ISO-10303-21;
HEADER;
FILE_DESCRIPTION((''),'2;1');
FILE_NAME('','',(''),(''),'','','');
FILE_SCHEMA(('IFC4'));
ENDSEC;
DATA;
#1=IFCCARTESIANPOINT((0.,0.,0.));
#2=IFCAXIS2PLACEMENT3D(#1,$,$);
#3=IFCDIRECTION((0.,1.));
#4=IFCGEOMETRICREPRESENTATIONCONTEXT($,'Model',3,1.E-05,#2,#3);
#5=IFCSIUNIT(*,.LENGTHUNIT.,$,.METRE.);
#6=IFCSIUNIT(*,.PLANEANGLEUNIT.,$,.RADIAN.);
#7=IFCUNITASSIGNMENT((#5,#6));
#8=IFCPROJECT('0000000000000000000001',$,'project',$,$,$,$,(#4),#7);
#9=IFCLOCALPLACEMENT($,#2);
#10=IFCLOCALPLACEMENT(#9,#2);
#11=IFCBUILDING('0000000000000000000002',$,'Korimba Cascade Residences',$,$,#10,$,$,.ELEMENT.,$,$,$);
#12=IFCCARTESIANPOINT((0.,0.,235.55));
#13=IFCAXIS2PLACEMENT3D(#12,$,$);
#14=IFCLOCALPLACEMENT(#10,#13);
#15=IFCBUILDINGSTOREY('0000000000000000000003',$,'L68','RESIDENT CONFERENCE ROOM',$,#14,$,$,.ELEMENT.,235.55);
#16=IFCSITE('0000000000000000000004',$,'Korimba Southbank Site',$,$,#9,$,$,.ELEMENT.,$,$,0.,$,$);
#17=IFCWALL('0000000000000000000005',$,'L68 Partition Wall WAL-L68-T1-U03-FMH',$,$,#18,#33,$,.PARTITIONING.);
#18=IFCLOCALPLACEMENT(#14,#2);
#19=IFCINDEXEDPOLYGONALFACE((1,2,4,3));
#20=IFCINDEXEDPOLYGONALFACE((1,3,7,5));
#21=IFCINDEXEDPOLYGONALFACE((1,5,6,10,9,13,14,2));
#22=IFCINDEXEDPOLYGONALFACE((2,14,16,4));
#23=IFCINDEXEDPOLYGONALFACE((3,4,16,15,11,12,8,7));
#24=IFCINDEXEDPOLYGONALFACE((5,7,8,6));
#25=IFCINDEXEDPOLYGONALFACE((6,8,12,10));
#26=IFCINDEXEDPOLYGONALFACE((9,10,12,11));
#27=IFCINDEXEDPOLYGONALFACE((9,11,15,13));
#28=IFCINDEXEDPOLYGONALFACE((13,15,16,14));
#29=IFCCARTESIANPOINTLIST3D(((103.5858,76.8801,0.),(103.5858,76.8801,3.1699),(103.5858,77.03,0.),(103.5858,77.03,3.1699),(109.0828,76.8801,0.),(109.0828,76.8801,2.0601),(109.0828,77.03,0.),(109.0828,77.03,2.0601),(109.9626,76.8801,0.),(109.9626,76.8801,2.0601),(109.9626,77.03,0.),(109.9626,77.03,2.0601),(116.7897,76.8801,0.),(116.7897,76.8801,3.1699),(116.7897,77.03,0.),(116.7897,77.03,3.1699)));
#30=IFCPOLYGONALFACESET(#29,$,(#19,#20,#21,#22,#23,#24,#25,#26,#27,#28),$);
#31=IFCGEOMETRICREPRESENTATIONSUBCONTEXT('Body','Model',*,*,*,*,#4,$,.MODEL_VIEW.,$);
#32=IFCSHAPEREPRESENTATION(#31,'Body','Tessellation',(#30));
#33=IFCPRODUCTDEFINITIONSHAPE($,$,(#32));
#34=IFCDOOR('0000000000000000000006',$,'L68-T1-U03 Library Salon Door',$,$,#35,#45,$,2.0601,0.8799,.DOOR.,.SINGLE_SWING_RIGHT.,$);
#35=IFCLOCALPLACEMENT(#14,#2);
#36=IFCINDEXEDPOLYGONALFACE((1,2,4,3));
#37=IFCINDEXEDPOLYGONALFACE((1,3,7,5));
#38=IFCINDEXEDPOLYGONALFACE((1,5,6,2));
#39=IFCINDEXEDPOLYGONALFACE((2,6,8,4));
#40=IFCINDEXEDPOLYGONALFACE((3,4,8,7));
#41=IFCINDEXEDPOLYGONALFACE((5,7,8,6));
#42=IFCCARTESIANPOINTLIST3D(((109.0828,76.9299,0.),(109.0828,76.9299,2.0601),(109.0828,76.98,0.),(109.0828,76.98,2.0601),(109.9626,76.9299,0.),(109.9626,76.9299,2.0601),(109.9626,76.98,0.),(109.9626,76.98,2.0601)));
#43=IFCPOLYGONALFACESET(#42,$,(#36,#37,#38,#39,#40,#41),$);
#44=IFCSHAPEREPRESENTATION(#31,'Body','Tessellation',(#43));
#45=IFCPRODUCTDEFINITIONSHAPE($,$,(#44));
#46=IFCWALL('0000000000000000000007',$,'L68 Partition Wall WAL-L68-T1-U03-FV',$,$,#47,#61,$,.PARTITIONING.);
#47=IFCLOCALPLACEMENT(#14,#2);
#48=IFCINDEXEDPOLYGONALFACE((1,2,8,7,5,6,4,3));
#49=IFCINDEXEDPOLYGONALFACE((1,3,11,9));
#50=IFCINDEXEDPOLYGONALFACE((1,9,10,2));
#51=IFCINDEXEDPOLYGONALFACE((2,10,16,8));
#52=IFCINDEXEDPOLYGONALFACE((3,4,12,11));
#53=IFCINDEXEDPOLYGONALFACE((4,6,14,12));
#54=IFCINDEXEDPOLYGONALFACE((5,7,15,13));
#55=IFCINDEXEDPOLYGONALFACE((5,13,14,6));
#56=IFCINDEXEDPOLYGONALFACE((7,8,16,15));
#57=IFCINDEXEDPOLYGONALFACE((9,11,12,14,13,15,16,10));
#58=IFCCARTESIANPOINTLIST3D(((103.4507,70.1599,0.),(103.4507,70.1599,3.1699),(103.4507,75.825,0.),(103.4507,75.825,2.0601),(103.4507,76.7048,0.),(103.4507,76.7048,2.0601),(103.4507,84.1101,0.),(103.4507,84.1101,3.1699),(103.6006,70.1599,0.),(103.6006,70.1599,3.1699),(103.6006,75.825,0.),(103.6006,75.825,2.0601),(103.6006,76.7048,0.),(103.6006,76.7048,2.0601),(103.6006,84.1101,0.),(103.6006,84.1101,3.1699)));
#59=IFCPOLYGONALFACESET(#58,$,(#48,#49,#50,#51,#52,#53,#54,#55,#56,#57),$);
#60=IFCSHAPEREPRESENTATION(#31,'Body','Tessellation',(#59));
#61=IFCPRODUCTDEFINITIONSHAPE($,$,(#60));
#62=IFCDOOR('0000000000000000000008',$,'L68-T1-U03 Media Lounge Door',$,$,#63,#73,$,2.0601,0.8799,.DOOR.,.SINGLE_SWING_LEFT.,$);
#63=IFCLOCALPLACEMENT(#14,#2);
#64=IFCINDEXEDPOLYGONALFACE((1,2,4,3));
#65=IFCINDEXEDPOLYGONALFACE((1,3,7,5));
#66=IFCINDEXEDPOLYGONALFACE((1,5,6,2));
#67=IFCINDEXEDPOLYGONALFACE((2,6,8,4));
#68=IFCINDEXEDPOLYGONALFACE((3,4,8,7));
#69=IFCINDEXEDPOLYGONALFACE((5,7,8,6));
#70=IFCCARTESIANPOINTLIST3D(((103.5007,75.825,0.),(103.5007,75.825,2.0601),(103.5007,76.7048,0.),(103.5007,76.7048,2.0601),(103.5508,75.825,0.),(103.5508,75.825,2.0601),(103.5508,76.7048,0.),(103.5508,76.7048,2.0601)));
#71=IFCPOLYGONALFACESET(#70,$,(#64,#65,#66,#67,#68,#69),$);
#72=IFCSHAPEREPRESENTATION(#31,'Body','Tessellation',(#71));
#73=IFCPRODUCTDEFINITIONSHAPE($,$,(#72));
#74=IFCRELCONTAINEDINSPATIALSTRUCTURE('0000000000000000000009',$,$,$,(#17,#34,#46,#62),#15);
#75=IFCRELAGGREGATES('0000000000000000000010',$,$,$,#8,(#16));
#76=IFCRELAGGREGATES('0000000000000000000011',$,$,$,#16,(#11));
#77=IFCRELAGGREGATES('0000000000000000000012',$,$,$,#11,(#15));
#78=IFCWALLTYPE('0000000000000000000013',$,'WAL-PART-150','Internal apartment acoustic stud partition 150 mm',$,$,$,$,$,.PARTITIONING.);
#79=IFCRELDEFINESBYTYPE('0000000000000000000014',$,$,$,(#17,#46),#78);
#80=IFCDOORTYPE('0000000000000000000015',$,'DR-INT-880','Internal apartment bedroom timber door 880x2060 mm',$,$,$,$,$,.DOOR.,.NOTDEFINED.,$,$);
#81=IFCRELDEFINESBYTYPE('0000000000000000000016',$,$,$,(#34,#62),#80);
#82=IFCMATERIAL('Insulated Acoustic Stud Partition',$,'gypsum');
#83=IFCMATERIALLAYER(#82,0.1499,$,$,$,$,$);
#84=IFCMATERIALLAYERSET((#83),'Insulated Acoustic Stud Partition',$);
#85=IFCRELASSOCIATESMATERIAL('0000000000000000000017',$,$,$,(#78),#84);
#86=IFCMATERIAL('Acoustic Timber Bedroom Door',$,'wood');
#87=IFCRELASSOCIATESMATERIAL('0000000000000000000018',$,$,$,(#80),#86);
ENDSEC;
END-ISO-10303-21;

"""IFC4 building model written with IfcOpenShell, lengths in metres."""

from ifc_helpers import new_model, si_unit, direction, frame, frame_2d, origin, place, context, subcontext, project, spatial, rectangle, extrude, material, layer, layer_set, type_object, element, fill, save


model = new_model("IFC4")

# Units and contexts
model_context = context("Model", 3, precision=1e-05, world=origin(), true_north=direction((0.0, 1.0)))
body_context = subcontext(model_context, "Body", "Model", "MODEL_VIEW")
ifc_project = project(units=[si_unit("LENGTHUNIT", "METRE"), si_unit("PLANEANGLEUNIT", "RADIAN")], contexts=[model_context])

# Site, building, storey
site_placement = place(None, origin())
site = spatial("IfcSite", under=ifc_project, at=site_placement, Name="Korimba Southbank Site", CompositionType="ELEMENT", RefElevation=0.0)
building_placement = place(site_placement, origin())
building = spatial("IfcBuilding", under=site, at=building_placement, Name="Korimba Cascade Residences", CompositionType="ELEMENT")
storey_placement = place(building_placement, frame((0.0, 0.0, 235.55)))
storey = spatial("IfcBuildingStorey", under=building, at=storey_placement, Name="L68", Description="RESIDENT CONFERENCE ROOM", CompositionType="ELEMENT", Elevation=235.55)

# Shared definitions
ifc_material_1 = material(Name="Insulated Acoustic Stud Partition", Category="gypsum")
ifc_layer_1 = layer(ifc_material_1, 0.1499)
ifc_layer_set_1 = layer_set([ifc_layer_1], Name="Insulated Acoustic Stud Partition")
wall_type_1 = type_object("IfcWallType", Name="WAL-PART-150", Description="Internal apartment acoustic stud partition 150 mm", PredefinedType="PARTITIONING", material=ifc_layer_set_1)

# Shared definitions
ifc_material_2 = material(Name="Acoustic Timber Bedroom Door", Category="wood")
door_type_1 = type_object("IfcDoorType", Name="DR-INT-880", Description="Internal apartment bedroom timber door 880x2060 mm", OperationType="NOTDEFINED", PredefinedType="DOOR", material=ifc_material_2)

# Walls, openings, doors
wall_1_placement = place(storey_placement, frame((103.5857, 76.9551, 0.0), z_axis=(0.0, 0.0, 1.0), x_axis=(1.0, 0.0, 0.0)))
wall_1 = element("IfcWall", 1, at=wall_1_placement, inside=storey, type_object=wall_type_1, Name="L68 Partition Wall WAL-L68-T1-U03-FMH", PredefinedType="PARTITIONING", context=body_context, shape_type="SweptSolid", body=[
    extrude(rectangle(XDim=13.2039, YDim=0.1499, at=frame_2d((6.6021, 0.0))), origin(), (0.0, 0.0, 1.0), 3.1699),
])
opening_1_placement = place(wall_1_placement, frame((5.4971, 0.0, 0.0)))
opening_1 = element("IfcOpeningElement", 2, at=opening_1_placement, cuts=wall_1, PredefinedType="OPENING", context=body_context, shape_type="SweptSolid", body=[
    extrude(rectangle(XDim=0.8799, YDim=2.0601, at=frame_2d((0.4399, 1.03))), frame((0.0, 0.085, 0.0), z_axis=(0.0, -1.0, 0.0), x_axis=(1.0, 0.0, 0.0)), (0.0, 0.0, 1.0), 0.1699),
])
door_1_placement = place(opening_1_placement, origin())
door_1 = element("IfcDoor", 3, at=door_1_placement, inside=storey, type_object=door_type_1, Name="L68-T1-U03 Library Salon Door", OperationType="SINGLE_SWING_RIGHT", OverallHeight=2.0601, OverallWidth=0.8799, PredefinedType="DOOR", context=body_context, shape_type="SweptSolid", body=[
    extrude(rectangle(XDim=0.8799, YDim=2.0601, at=frame_2d((0.4399, 1.03))), frame((0.0, 0.0249, 0.0), z_axis=(0.0, -1.0, 0.0), x_axis=(1.0, 0.0, 0.0)), (0.0, 0.0, 1.0), 0.05),
])
fill(opening_1, door_1)
wall_2_placement = place(storey_placement, frame((103.5256, 70.1599, 0.0), z_axis=(0.0, 0.0, 1.0), x_axis=(0.0, 1.0, 0.0)))
wall_2 = element("IfcWall", 4, at=wall_2_placement, inside=storey, type_object=wall_type_1, Name="L68 Partition Wall WAL-L68-T1-U03-FV", PredefinedType="PARTITIONING", context=body_context, shape_type="SweptSolid", body=[
    extrude(rectangle(XDim=13.9502, YDim=0.1499, at=frame_2d((6.9751, 0.0))), origin(), (0.0, 0.0, 1.0), 3.1699),
])
opening_2_placement = place(wall_2_placement, frame((5.665, 0.0, 0.0)))
opening_2 = element("IfcOpeningElement", 5, at=opening_2_placement, cuts=wall_2, PredefinedType="OPENING", context=body_context, shape_type="SweptSolid", body=[
    extrude(rectangle(XDim=0.8799, YDim=2.0601, at=frame_2d((0.4399, 1.03))), frame((0.0, 0.085, 0.0), z_axis=(0.0, -1.0, 0.0), x_axis=(1.0, 0.0, 0.0)), (0.0, 0.0, 1.0), 0.1699),
])
door_2_placement = place(opening_2_placement, origin())
door_2 = element("IfcDoor", 6, at=door_2_placement, inside=storey, type_object=door_type_1, Name="L68-T1-U03 Media Lounge Door", OperationType="SINGLE_SWING_LEFT", OverallHeight=2.0601, OverallWidth=0.8799, PredefinedType="DOOR", context=body_context, shape_type="SweptSolid", body=[
    extrude(rectangle(XDim=0.8799, YDim=2.0601, at=frame_2d((0.4399, 1.03))), frame((0.0, 0.0249, 0.0), z_axis=(0.0, -1.0, 0.0), x_axis=(1.0, 0.0, 0.0)), (0.0, 0.0, 1.0), 0.05),
])
fill(opening_2, door_2)

save(model, "model.ifc")
